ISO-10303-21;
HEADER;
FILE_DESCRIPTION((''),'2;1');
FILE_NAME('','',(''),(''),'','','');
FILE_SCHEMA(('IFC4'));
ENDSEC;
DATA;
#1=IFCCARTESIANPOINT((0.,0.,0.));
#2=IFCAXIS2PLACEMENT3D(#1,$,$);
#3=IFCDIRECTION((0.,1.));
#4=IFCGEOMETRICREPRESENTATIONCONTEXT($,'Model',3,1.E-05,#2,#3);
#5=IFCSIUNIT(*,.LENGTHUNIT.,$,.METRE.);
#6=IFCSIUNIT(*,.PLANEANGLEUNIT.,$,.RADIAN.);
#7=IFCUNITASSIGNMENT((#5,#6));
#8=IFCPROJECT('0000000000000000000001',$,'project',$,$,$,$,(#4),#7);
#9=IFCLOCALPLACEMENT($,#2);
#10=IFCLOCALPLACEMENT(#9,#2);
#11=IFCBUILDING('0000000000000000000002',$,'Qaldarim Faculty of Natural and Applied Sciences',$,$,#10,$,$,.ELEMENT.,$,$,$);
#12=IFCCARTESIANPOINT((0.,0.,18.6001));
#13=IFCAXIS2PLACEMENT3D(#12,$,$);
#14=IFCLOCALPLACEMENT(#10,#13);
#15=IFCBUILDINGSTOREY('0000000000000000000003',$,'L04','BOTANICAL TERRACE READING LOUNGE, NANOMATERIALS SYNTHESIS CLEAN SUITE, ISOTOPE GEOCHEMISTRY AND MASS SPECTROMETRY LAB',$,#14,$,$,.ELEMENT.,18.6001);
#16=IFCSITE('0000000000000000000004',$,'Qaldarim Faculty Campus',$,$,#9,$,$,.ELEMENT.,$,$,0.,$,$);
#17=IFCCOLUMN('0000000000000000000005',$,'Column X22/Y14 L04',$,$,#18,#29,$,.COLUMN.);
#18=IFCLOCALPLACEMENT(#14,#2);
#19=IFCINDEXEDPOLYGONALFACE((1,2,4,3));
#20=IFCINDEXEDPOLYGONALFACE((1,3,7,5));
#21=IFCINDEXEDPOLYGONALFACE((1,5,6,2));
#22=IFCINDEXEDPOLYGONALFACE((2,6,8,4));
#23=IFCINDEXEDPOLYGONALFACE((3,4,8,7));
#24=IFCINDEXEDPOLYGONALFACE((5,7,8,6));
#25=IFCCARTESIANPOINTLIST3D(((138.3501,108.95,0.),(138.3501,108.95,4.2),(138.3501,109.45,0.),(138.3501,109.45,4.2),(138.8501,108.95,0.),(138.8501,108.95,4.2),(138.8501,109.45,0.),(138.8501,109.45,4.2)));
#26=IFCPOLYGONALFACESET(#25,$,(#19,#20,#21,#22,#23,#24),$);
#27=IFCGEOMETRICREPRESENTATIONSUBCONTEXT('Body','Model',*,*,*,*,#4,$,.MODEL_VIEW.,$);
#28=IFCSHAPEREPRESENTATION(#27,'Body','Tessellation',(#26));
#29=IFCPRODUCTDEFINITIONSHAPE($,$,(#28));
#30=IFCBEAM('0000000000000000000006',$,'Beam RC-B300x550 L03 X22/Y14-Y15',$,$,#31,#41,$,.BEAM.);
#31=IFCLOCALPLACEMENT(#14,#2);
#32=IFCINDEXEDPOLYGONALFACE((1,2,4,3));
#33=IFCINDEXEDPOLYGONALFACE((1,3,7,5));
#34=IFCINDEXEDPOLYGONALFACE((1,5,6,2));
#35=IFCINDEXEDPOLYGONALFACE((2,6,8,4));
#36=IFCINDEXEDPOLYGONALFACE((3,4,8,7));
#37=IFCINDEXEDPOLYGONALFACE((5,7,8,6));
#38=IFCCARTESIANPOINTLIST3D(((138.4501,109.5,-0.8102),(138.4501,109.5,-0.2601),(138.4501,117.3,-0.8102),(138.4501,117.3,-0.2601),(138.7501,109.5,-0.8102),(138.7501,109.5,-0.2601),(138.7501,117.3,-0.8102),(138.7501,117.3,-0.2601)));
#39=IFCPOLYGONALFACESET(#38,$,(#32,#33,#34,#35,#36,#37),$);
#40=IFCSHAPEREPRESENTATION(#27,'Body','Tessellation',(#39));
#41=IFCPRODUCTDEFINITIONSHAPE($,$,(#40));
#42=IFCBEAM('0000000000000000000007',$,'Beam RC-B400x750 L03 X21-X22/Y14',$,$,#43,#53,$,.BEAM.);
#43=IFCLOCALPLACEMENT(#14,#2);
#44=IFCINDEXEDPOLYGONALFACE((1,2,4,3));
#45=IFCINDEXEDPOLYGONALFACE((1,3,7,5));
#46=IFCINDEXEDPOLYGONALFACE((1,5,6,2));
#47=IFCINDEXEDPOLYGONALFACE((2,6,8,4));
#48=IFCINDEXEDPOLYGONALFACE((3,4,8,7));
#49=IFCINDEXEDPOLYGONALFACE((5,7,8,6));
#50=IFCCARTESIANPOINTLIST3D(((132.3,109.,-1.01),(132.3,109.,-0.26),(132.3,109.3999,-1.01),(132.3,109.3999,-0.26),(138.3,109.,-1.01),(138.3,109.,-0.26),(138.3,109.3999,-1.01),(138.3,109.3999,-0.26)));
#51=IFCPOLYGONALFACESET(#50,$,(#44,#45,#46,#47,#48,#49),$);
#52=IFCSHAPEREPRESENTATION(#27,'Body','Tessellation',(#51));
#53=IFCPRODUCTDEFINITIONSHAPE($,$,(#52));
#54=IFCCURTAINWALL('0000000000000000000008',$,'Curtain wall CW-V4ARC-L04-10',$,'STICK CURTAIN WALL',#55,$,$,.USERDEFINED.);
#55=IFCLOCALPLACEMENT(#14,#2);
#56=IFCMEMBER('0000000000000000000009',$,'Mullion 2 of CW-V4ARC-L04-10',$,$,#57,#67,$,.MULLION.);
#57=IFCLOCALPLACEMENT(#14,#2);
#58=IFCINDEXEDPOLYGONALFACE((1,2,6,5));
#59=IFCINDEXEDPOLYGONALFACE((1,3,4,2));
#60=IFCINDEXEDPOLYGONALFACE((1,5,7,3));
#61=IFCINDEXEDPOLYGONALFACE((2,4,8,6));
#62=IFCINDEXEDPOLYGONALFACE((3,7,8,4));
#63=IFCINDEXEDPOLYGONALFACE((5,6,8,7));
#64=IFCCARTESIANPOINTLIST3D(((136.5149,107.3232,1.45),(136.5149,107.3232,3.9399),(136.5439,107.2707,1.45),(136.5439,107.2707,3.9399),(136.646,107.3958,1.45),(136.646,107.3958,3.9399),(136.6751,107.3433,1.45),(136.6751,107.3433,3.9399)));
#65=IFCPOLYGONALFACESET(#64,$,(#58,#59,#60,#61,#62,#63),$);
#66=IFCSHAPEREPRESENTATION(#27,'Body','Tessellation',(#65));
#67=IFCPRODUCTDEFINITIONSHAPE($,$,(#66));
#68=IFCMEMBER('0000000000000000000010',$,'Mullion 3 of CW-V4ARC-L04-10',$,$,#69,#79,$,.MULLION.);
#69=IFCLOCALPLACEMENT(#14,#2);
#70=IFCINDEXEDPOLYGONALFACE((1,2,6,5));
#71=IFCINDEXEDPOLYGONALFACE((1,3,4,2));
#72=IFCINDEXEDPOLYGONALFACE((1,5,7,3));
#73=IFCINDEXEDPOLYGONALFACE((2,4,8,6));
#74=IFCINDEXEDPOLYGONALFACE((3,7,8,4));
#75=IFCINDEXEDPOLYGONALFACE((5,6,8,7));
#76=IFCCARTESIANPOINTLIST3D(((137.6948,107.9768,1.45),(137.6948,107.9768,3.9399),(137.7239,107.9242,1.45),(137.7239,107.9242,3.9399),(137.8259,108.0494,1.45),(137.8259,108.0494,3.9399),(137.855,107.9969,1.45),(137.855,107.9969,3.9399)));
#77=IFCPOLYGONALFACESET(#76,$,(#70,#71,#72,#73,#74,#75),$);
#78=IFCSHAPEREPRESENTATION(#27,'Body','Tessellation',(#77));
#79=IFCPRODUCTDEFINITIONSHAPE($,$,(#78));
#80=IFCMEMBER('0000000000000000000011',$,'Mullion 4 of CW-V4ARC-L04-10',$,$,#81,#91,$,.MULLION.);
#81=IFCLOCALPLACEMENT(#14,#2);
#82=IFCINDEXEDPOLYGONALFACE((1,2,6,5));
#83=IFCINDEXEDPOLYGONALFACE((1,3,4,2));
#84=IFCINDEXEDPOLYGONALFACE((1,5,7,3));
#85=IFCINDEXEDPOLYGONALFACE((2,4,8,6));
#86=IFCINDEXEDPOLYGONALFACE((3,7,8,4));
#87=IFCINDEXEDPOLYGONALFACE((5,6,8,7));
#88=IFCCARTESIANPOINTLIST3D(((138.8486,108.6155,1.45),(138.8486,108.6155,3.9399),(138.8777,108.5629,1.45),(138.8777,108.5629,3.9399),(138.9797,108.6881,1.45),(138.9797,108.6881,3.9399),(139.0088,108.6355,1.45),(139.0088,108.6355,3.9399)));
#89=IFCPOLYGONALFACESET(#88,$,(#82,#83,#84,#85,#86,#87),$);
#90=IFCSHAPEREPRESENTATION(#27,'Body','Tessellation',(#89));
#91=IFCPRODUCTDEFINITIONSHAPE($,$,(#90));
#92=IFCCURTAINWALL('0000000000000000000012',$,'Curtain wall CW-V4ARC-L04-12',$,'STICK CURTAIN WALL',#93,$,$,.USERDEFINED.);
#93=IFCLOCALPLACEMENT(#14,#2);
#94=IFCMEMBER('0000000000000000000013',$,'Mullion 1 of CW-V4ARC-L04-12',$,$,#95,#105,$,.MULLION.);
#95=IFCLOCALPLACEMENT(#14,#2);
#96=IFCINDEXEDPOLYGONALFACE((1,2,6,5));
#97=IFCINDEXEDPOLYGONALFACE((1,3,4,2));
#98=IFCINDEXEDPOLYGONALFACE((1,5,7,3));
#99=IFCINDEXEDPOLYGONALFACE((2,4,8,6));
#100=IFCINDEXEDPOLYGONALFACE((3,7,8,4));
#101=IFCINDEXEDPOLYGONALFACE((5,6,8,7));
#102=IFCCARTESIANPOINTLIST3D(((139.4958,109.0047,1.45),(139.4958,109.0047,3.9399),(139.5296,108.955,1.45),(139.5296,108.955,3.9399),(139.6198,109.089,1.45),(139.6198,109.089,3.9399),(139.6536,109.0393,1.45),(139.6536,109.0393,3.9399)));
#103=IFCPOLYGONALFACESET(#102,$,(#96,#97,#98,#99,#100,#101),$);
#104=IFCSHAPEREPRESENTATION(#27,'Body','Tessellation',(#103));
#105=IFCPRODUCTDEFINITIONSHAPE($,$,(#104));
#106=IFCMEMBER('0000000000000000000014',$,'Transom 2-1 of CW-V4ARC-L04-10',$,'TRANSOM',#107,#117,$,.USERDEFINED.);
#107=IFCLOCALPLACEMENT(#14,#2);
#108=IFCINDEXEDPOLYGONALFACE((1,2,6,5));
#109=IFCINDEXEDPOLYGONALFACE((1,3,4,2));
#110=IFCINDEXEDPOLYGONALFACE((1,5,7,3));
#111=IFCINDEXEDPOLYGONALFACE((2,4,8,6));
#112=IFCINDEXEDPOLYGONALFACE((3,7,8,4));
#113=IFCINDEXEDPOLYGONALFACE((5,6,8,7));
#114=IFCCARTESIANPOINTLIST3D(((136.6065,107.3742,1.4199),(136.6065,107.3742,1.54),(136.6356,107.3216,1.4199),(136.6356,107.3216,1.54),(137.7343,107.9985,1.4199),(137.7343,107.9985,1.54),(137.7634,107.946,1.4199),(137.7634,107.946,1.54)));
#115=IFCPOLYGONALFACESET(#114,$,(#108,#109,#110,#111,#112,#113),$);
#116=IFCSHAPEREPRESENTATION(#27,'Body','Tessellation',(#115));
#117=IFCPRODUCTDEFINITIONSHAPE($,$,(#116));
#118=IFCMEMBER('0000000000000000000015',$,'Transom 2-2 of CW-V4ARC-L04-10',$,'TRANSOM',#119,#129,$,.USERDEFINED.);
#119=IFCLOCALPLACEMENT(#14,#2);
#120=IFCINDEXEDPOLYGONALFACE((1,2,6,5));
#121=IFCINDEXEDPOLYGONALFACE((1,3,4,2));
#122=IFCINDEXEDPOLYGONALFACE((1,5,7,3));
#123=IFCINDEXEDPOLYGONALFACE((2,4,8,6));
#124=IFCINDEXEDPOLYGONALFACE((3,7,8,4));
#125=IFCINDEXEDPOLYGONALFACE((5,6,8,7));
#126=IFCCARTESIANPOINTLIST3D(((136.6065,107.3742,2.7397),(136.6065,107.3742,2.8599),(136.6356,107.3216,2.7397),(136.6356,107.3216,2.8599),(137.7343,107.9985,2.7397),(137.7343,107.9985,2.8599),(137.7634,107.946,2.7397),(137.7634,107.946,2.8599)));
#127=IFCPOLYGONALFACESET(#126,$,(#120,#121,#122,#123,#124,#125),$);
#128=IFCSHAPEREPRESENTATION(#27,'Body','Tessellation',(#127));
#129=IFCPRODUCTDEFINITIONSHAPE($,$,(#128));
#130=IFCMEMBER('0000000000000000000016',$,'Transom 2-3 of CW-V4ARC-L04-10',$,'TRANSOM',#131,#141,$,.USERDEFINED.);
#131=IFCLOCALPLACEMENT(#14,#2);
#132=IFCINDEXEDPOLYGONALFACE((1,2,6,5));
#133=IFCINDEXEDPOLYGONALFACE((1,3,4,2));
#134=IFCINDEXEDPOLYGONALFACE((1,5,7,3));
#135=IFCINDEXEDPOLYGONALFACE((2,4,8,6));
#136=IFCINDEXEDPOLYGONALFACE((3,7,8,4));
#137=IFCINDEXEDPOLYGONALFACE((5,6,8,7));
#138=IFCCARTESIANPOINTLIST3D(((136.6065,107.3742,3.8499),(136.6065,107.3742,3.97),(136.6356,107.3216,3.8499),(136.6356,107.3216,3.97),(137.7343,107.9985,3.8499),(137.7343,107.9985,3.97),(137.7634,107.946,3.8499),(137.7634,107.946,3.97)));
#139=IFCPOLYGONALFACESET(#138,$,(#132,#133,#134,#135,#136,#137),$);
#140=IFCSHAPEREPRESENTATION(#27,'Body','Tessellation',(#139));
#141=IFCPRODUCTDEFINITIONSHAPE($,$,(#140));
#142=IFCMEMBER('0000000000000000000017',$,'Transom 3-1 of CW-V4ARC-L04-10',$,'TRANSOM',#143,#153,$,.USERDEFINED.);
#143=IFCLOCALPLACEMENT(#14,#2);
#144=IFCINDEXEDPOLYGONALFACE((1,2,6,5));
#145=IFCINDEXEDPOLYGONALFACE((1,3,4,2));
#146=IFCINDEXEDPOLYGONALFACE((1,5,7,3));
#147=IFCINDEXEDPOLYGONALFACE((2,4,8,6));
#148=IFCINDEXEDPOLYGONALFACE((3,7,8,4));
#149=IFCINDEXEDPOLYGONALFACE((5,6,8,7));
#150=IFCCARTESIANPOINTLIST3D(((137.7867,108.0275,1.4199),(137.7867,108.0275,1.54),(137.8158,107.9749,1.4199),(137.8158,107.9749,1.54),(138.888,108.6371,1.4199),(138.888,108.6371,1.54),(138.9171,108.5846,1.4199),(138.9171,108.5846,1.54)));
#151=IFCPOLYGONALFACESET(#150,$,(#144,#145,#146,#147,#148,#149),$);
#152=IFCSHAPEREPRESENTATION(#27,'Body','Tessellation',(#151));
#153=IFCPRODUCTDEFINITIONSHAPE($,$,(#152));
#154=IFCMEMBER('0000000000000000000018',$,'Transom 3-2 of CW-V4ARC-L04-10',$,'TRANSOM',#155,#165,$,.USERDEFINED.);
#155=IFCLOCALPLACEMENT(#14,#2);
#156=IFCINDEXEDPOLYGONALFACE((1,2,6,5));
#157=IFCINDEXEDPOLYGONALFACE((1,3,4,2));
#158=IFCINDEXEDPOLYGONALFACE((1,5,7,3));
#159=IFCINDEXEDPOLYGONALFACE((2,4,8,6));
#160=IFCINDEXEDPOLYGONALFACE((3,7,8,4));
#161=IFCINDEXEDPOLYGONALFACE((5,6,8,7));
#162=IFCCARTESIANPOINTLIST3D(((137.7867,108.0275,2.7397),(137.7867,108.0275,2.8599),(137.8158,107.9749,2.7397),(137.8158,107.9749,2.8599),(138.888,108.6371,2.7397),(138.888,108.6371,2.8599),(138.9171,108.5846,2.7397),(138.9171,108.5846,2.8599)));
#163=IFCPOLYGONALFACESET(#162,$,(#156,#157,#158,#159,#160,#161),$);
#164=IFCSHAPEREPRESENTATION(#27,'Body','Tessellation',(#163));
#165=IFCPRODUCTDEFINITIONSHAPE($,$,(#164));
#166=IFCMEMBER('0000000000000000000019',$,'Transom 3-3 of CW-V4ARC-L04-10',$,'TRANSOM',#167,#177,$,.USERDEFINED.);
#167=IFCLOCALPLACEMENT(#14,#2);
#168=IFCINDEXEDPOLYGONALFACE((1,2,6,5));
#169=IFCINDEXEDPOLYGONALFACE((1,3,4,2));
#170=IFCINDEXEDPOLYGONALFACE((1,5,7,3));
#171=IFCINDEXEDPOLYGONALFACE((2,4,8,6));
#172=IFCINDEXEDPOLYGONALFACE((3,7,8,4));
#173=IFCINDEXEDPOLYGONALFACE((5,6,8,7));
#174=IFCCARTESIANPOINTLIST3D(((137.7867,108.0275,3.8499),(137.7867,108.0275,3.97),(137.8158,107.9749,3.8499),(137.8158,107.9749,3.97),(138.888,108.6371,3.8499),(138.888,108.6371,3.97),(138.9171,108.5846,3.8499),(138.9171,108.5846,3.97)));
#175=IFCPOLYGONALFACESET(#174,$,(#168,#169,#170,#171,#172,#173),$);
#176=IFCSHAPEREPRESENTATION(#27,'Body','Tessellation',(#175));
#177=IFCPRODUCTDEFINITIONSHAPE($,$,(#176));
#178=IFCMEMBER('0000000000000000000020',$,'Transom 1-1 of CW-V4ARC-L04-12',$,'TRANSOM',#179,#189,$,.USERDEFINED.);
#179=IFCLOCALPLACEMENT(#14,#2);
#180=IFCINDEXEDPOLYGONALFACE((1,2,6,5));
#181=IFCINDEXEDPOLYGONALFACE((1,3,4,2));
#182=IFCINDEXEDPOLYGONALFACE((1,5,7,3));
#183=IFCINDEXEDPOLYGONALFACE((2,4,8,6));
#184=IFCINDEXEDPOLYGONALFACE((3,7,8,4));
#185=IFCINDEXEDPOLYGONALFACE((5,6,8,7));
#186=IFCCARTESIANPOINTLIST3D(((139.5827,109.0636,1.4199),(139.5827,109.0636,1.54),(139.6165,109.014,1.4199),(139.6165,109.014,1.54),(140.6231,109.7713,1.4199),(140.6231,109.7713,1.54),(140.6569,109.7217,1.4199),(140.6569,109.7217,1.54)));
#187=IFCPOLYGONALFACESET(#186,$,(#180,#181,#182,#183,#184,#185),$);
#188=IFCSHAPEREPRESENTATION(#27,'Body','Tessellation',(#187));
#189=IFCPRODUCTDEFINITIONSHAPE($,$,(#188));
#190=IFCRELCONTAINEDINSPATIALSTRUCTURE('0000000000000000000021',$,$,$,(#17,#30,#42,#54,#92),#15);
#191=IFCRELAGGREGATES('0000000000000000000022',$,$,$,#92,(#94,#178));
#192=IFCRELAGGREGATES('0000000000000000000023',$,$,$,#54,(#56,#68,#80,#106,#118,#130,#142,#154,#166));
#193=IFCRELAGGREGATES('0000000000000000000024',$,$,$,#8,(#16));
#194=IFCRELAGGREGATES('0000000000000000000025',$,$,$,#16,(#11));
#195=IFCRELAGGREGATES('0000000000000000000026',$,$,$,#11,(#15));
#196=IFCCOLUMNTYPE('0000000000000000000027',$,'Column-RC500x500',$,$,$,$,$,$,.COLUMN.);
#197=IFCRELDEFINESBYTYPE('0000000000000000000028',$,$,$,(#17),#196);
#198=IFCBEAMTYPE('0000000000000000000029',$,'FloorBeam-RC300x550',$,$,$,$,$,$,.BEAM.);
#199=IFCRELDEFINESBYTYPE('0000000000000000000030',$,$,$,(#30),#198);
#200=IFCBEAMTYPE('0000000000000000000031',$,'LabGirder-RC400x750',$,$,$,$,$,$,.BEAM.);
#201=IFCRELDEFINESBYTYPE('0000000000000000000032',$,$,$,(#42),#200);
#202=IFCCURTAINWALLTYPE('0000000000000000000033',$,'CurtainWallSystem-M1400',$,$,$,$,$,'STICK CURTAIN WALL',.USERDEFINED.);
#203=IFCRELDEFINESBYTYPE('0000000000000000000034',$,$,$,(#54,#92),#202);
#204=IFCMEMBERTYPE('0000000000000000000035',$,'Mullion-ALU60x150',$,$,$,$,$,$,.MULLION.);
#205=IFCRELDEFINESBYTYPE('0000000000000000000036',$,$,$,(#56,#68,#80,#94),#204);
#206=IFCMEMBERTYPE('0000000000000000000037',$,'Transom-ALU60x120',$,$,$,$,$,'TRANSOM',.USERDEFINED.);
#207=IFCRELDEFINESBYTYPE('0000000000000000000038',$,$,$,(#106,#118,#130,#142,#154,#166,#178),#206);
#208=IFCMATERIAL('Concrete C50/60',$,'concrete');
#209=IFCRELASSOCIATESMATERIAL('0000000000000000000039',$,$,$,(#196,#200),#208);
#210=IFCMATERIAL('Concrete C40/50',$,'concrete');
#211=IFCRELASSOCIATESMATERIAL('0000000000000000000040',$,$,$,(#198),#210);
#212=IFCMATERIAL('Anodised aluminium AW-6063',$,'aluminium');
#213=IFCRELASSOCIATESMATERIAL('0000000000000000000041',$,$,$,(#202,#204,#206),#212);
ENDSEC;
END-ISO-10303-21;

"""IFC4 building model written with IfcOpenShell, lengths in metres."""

from ifc_helpers import new_model, si_unit, direction, frame, origin, origin_2d, place, context, subcontext, project, spatial, rectangle, extrude, material, material_profile, profile_set, type_object, element, aggregate, save


model = new_model("IFC4")

# Units and contexts
model_context = context("Model", 3, precision=1e-05, world=origin(), true_north=direction((0.0, 1.0)))
body_context = subcontext(model_context, "Body", "Model", "MODEL_VIEW")
ifc_project = project(units=[si_unit("LENGTHUNIT", "METRE"), si_unit("PLANEANGLEUNIT", "RADIAN")], contexts=[model_context])

# Site, building, storey
site_placement = place(None, origin())
site = spatial("IfcSite", under=ifc_project, at=site_placement, Name="Qaldarim Faculty Campus", CompositionType="ELEMENT", RefElevation=0.0)
building_placement = place(site_placement, origin())
building = spatial("IfcBuilding", under=site, at=building_placement, Name="Qaldarim Faculty of Natural and Applied Sciences", CompositionType="ELEMENT")
storey_placement = place(building_placement, frame((0.0, 0.0, 18.6001)))
storey = spatial("IfcBuildingStorey", under=building, at=storey_placement, Name="L04", Description="BOTANICAL TERRACE READING LOUNGE, NANOMATERIALS SYNTHESIS CLEAN SUITE, ISOTOPE GEOCHEMISTRY AND MASS SPECTROMETRY LAB", CompositionType="ELEMENT", Elevation=18.6001)

# Column
ifc_material_1 = material(Name="Concrete C50/60", Category="concrete")
ifc_material_profile_1 = material_profile(ifc_material_1, rectangle(XDim=0.5, YDim=0.5, at=origin_2d()), Name="RC-C500x500")
ifc_profile_set_1 = profile_set([ifc_material_profile_1], Name="Concrete C50/60")
column_type = type_object("IfcColumnType", Name="Column-RC500x500", PredefinedType="COLUMN", material=ifc_profile_set_1)
column_placement = place(storey_placement, frame((138.6001, 109.2, 0.0), z_axis=(0.0, 0.0, 1.0), x_axis=(1.0, 0.0, 0.0)))
element("IfcColumn", 1, at=column_placement, inside=storey, type_object=column_type, Name="Column X22/Y14 L04", PredefinedType="COLUMN", context=body_context, shape_type="SweptSolid", body=[
    extrude(rectangle(XDim=0.5, YDim=0.5, at=origin_2d()), origin(), (0.0, 0.0, 1.0), 4.2),
])

# Beams
ifc_material_2 = material(Name="Concrete C40/50", Category="concrete")
ifc_material_profile_2 = material_profile(ifc_material_2, rectangle(XDim=0.3, YDim=0.55, at=origin_2d()), Name="RC-B300x550")
ifc_profile_set_2 = profile_set([ifc_material_profile_2], Name="Concrete C40/50")
beam_type_1 = type_object("IfcBeamType", Name="FloorBeam-RC300x550", PredefinedType="BEAM", material=ifc_profile_set_2)
beam_1_placement = place(storey_placement, frame((138.6001, 109.5, -0.5352), z_axis=(0.0, 1.0, 0.0), x_axis=(-1.0, 0.0, 0.0)))
element("IfcBeam", 2, at=beam_1_placement, inside=storey, type_object=beam_type_1, Name="Beam RC-B300x550 L03 X22/Y14-Y15", PredefinedType="BEAM", context=body_context, shape_type="SweptSolid", body=[
    extrude(rectangle(XDim=0.3, YDim=0.55, at=origin_2d()), origin(), (0.0, 0.0, 1.0), 7.8),
])
ifc_material_profile_3 = material_profile(ifc_material_1, rectangle(XDim=0.3999, YDim=0.75, at=origin_2d()), Name="RC-B400x750")
ifc_profile_set_3 = profile_set([ifc_material_profile_3], Name="Concrete C50/60")
beam_type_2 = type_object("IfcBeamType", Name="LabGirder-RC400x750", PredefinedType="BEAM", material=ifc_profile_set_3)
beam_2_placement = place(storey_placement, frame((132.3, 109.2, -0.635), z_axis=(1.0, 0.0, 0.0), x_axis=(0.0, 1.0, 0.0)))
element("IfcBeam", 3, at=beam_2_placement, inside=storey, type_object=beam_type_2, Name="Beam RC-B400x750 L03 X21-X22/Y14", PredefinedType="BEAM", context=body_context, shape_type="SweptSolid", body=[
    extrude(rectangle(XDim=0.3999, YDim=0.75, at=origin_2d()), origin(), (0.0, 0.0, 1.0), 6.0),
])

# Curtain wall, members
ifc_material_3 = material(Name="Anodised aluminium AW-6063", Category="aluminium")
curtain_wall_type = type_object("IfcCurtainWallType", Name="CurtainWallSystem-M1400", ElementType="STICK CURTAIN WALL", PredefinedType="USERDEFINED", material=ifc_material_3)
curtain_wall_1_placement = place(storey_placement, origin())
curtain_wall_1 = element("IfcCurtainWall", 4, at=curtain_wall_1_placement, inside=storey, type_object=curtain_wall_type, Name="Curtain wall CW-V4ARC-L04-10", ObjectType="STICK CURTAIN WALL", PredefinedType="USERDEFINED")
ifc_material_profile_4 = material_profile(ifc_material_3, rectangle(XDim=0.0601, YDim=0.1499, at=origin_2d()), Name="ALU-M60x150")
ifc_profile_set_4 = profile_set([ifc_material_profile_4], Name="Anodised aluminium AW-6063")
member_type_1 = type_object("IfcMemberType", Name="Mullion-ALU60x150", PredefinedType="MULLION", material=ifc_profile_set_4)
member_1_placement = place(storey_placement, frame((136.595, 107.3333, 1.45), z_axis=(0.0, 0.0, 1.0), x_axis=(-0.484382, 0.874857, 0.0)))
member_1 = element("IfcMember", 5, at=member_1_placement, type_object=member_type_1, Name="Mullion 2 of CW-V4ARC-L04-10", PredefinedType="MULLION", context=body_context, shape_type="SweptSolid", body=[
    extrude(rectangle(XDim=0.0601, YDim=0.1499, at=origin_2d()), origin(), (0.0, 0.0, 1.0), 2.49),
])
member_2_placement = place(storey_placement, frame((137.7749, 107.9868, 1.45), z_axis=(0.0, 0.0, 1.0), x_axis=(-0.484382, 0.874857, 0.0)))
member_2 = element("IfcMember", 6, at=member_2_placement, type_object=member_type_1, Name="Mullion 3 of CW-V4ARC-L04-10", PredefinedType="MULLION", context=body_context, shape_type="SweptSolid", body=[
    extrude(rectangle(XDim=0.0601, YDim=0.1499, at=origin_2d()), origin(), (0.0, 0.0, 1.0), 2.49),
])
member_3_placement = place(storey_placement, frame((138.9287, 108.6255, 1.45), z_axis=(0.0, 0.0, 1.0), x_axis=(-0.484382, 0.874857, 0.0)))
member_3 = element("IfcMember", 7, at=member_3_placement, type_object=member_type_1, Name="Mullion 4 of CW-V4ARC-L04-10", PredefinedType="MULLION", context=body_context, shape_type="SweptSolid", body=[
    extrude(rectangle(XDim=0.0601, YDim=0.1499, at=origin_2d()), origin(), (0.0, 0.0, 1.0), 2.49),
])

# Curtain wall, member
curtain_wall_2_placement = place(storey_placement, origin())
curtain_wall_2 = element("IfcCurtainWall", 8, at=curtain_wall_2_placement, inside=storey, type_object=curtain_wall_type, Name="Curtain wall CW-V4ARC-L04-12", ObjectType="STICK CURTAIN WALL", PredefinedType="USERDEFINED")
member_4_placement = place(storey_placement, frame((139.5747, 109.022, 1.45), z_axis=(0.0, 0.0, 1.0), x_axis=(-0.562372, 0.826884, 0.0)))
member_4 = element("IfcMember", 9, at=member_4_placement, type_object=member_type_1, Name="Mullion 1 of CW-V4ARC-L04-12", PredefinedType="MULLION", context=body_context, shape_type="SweptSolid", body=[
    extrude(rectangle(XDim=0.0601, YDim=0.1499, at=origin_2d()), origin(), (0.0, 0.0, 1.0), 2.49),
])

# Members
ifc_material_profile_5 = material_profile(ifc_material_3, rectangle(XDim=0.0601, YDim=0.1201, at=origin_2d()), Name="ALU-T60x120")
ifc_profile_set_5 = profile_set([ifc_material_profile_5], Name="Anodised aluminium AW-6063")
member_type_2 = type_object("IfcMemberType", Name="Transom-ALU60x120", ElementType="TRANSOM", PredefinedType="USERDEFINED", material=ifc_profile_set_5)
member_5_placement = place(storey_placement, frame((136.6211, 107.3479, 1.48), z_axis=(0.874889, 0.484324, 0.0), x_axis=(-0.484324, 0.874889, 0.0)))
member_5 = element("IfcMember", 10, at=member_5_placement, type_object=member_type_2, Name="Transom 2-1 of CW-V4ARC-L04-10", ObjectType="TRANSOM", PredefinedType="USERDEFINED", context=body_context, shape_type="SweptSolid", body=[
    extrude(rectangle(XDim=0.0601, YDim=0.1201, at=origin_2d()), origin(), (0.0, 0.0, 1.0), 1.2891),
])
member_6_placement = place(storey_placement, frame((136.6211, 107.3479, 2.7998), z_axis=(0.874889, 0.484324, 0.0), x_axis=(-0.484324, 0.874889, 0.0)))
member_6 = element("IfcMember", 11, at=member_6_placement, type_object=member_type_2, Name="Transom 2-2 of CW-V4ARC-L04-10", ObjectType="TRANSOM", PredefinedType="USERDEFINED", context=body_context, shape_type="SweptSolid", body=[
    extrude(rectangle(XDim=0.0601, YDim=0.1201, at=origin_2d()), origin(), (0.0, 0.0, 1.0), 1.2891),
])
member_7_placement = place(storey_placement, frame((136.6211, 107.3479, 3.9099), z_axis=(0.874889, 0.484324, 0.0), x_axis=(-0.484324, 0.874889, 0.0)))
member_7 = element("IfcMember", 12, at=member_7_placement, type_object=member_type_2, Name="Transom 2-3 of CW-V4ARC-L04-10", ObjectType="TRANSOM", PredefinedType="USERDEFINED", context=body_context, shape_type="SweptSolid", body=[
    extrude(rectangle(XDim=0.0601, YDim=0.1201, at=origin_2d()), origin(), (0.0, 0.0, 1.0), 1.2891),
])
member_8_placement = place(storey_placement, frame((137.8013, 108.0012, 1.48), z_axis=(0.874906, 0.484292, 0.0), x_axis=(-0.484292, 0.874906, 0.0)))
member_8 = element("IfcMember", 13, at=member_8_placement, type_object=member_type_2, Name="Transom 3-1 of CW-V4ARC-L04-10", ObjectType="TRANSOM", PredefinedType="USERDEFINED", context=body_context, shape_type="SweptSolid", body=[
    extrude(rectangle(XDim=0.0601, YDim=0.1201, at=origin_2d()), origin(), (0.0, 0.0, 1.0), 1.2588),
])
member_9_placement = place(storey_placement, frame((137.8013, 108.0012, 2.7998), z_axis=(0.874906, 0.484292, 0.0), x_axis=(-0.484292, 0.874906, 0.0)))
member_9 = element("IfcMember", 14, at=member_9_placement, type_object=member_type_2, Name="Transom 3-2 of CW-V4ARC-L04-10", ObjectType="TRANSOM", PredefinedType="USERDEFINED", context=body_context, shape_type="SweptSolid", body=[
    extrude(rectangle(XDim=0.0601, YDim=0.1201, at=origin_2d()), origin(), (0.0, 0.0, 1.0), 1.2588),
])
member_10_placement = place(storey_placement, frame((137.8013, 108.0012, 3.9099), z_axis=(0.874906, 0.484292, 0.0), x_axis=(-0.484292, 0.874906, 0.0)))
member_10 = element("IfcMember", 15, at=member_10_placement, type_object=member_type_2, Name="Transom 3-3 of CW-V4ARC-L04-10", ObjectType="TRANSOM", PredefinedType="USERDEFINED", context=body_context, shape_type="SweptSolid", body=[
    extrude(rectangle(XDim=0.0601, YDim=0.1201, at=origin_2d()), origin(), (0.0, 0.0, 1.0), 1.2588),
])
member_11_placement = place(storey_placement, frame((139.5996, 109.0388, 1.48), z_axis=(0.826851, 0.562421, 0.0), x_axis=(-0.562421, 0.826851, 0.0)))
member_11 = element("IfcMember", 16, at=member_11_placement, type_object=member_type_2, Name="Transom 1-1 of CW-V4ARC-L04-12", ObjectType="TRANSOM", PredefinedType="USERDEFINED", context=body_context, shape_type="SweptSolid", body=[
    extrude(rectangle(XDim=0.0601, YDim=0.1201, at=origin_2d()), origin(), (0.0, 0.0, 1.0), 1.2583),
])
aggregate(curtain_wall_2, [member_4, member_11])

aggregate(curtain_wall_1, [member_1, member_2, member_3, member_5, member_6, member_7, member_8, member_9, member_10])

save(model, "model.ifc")
